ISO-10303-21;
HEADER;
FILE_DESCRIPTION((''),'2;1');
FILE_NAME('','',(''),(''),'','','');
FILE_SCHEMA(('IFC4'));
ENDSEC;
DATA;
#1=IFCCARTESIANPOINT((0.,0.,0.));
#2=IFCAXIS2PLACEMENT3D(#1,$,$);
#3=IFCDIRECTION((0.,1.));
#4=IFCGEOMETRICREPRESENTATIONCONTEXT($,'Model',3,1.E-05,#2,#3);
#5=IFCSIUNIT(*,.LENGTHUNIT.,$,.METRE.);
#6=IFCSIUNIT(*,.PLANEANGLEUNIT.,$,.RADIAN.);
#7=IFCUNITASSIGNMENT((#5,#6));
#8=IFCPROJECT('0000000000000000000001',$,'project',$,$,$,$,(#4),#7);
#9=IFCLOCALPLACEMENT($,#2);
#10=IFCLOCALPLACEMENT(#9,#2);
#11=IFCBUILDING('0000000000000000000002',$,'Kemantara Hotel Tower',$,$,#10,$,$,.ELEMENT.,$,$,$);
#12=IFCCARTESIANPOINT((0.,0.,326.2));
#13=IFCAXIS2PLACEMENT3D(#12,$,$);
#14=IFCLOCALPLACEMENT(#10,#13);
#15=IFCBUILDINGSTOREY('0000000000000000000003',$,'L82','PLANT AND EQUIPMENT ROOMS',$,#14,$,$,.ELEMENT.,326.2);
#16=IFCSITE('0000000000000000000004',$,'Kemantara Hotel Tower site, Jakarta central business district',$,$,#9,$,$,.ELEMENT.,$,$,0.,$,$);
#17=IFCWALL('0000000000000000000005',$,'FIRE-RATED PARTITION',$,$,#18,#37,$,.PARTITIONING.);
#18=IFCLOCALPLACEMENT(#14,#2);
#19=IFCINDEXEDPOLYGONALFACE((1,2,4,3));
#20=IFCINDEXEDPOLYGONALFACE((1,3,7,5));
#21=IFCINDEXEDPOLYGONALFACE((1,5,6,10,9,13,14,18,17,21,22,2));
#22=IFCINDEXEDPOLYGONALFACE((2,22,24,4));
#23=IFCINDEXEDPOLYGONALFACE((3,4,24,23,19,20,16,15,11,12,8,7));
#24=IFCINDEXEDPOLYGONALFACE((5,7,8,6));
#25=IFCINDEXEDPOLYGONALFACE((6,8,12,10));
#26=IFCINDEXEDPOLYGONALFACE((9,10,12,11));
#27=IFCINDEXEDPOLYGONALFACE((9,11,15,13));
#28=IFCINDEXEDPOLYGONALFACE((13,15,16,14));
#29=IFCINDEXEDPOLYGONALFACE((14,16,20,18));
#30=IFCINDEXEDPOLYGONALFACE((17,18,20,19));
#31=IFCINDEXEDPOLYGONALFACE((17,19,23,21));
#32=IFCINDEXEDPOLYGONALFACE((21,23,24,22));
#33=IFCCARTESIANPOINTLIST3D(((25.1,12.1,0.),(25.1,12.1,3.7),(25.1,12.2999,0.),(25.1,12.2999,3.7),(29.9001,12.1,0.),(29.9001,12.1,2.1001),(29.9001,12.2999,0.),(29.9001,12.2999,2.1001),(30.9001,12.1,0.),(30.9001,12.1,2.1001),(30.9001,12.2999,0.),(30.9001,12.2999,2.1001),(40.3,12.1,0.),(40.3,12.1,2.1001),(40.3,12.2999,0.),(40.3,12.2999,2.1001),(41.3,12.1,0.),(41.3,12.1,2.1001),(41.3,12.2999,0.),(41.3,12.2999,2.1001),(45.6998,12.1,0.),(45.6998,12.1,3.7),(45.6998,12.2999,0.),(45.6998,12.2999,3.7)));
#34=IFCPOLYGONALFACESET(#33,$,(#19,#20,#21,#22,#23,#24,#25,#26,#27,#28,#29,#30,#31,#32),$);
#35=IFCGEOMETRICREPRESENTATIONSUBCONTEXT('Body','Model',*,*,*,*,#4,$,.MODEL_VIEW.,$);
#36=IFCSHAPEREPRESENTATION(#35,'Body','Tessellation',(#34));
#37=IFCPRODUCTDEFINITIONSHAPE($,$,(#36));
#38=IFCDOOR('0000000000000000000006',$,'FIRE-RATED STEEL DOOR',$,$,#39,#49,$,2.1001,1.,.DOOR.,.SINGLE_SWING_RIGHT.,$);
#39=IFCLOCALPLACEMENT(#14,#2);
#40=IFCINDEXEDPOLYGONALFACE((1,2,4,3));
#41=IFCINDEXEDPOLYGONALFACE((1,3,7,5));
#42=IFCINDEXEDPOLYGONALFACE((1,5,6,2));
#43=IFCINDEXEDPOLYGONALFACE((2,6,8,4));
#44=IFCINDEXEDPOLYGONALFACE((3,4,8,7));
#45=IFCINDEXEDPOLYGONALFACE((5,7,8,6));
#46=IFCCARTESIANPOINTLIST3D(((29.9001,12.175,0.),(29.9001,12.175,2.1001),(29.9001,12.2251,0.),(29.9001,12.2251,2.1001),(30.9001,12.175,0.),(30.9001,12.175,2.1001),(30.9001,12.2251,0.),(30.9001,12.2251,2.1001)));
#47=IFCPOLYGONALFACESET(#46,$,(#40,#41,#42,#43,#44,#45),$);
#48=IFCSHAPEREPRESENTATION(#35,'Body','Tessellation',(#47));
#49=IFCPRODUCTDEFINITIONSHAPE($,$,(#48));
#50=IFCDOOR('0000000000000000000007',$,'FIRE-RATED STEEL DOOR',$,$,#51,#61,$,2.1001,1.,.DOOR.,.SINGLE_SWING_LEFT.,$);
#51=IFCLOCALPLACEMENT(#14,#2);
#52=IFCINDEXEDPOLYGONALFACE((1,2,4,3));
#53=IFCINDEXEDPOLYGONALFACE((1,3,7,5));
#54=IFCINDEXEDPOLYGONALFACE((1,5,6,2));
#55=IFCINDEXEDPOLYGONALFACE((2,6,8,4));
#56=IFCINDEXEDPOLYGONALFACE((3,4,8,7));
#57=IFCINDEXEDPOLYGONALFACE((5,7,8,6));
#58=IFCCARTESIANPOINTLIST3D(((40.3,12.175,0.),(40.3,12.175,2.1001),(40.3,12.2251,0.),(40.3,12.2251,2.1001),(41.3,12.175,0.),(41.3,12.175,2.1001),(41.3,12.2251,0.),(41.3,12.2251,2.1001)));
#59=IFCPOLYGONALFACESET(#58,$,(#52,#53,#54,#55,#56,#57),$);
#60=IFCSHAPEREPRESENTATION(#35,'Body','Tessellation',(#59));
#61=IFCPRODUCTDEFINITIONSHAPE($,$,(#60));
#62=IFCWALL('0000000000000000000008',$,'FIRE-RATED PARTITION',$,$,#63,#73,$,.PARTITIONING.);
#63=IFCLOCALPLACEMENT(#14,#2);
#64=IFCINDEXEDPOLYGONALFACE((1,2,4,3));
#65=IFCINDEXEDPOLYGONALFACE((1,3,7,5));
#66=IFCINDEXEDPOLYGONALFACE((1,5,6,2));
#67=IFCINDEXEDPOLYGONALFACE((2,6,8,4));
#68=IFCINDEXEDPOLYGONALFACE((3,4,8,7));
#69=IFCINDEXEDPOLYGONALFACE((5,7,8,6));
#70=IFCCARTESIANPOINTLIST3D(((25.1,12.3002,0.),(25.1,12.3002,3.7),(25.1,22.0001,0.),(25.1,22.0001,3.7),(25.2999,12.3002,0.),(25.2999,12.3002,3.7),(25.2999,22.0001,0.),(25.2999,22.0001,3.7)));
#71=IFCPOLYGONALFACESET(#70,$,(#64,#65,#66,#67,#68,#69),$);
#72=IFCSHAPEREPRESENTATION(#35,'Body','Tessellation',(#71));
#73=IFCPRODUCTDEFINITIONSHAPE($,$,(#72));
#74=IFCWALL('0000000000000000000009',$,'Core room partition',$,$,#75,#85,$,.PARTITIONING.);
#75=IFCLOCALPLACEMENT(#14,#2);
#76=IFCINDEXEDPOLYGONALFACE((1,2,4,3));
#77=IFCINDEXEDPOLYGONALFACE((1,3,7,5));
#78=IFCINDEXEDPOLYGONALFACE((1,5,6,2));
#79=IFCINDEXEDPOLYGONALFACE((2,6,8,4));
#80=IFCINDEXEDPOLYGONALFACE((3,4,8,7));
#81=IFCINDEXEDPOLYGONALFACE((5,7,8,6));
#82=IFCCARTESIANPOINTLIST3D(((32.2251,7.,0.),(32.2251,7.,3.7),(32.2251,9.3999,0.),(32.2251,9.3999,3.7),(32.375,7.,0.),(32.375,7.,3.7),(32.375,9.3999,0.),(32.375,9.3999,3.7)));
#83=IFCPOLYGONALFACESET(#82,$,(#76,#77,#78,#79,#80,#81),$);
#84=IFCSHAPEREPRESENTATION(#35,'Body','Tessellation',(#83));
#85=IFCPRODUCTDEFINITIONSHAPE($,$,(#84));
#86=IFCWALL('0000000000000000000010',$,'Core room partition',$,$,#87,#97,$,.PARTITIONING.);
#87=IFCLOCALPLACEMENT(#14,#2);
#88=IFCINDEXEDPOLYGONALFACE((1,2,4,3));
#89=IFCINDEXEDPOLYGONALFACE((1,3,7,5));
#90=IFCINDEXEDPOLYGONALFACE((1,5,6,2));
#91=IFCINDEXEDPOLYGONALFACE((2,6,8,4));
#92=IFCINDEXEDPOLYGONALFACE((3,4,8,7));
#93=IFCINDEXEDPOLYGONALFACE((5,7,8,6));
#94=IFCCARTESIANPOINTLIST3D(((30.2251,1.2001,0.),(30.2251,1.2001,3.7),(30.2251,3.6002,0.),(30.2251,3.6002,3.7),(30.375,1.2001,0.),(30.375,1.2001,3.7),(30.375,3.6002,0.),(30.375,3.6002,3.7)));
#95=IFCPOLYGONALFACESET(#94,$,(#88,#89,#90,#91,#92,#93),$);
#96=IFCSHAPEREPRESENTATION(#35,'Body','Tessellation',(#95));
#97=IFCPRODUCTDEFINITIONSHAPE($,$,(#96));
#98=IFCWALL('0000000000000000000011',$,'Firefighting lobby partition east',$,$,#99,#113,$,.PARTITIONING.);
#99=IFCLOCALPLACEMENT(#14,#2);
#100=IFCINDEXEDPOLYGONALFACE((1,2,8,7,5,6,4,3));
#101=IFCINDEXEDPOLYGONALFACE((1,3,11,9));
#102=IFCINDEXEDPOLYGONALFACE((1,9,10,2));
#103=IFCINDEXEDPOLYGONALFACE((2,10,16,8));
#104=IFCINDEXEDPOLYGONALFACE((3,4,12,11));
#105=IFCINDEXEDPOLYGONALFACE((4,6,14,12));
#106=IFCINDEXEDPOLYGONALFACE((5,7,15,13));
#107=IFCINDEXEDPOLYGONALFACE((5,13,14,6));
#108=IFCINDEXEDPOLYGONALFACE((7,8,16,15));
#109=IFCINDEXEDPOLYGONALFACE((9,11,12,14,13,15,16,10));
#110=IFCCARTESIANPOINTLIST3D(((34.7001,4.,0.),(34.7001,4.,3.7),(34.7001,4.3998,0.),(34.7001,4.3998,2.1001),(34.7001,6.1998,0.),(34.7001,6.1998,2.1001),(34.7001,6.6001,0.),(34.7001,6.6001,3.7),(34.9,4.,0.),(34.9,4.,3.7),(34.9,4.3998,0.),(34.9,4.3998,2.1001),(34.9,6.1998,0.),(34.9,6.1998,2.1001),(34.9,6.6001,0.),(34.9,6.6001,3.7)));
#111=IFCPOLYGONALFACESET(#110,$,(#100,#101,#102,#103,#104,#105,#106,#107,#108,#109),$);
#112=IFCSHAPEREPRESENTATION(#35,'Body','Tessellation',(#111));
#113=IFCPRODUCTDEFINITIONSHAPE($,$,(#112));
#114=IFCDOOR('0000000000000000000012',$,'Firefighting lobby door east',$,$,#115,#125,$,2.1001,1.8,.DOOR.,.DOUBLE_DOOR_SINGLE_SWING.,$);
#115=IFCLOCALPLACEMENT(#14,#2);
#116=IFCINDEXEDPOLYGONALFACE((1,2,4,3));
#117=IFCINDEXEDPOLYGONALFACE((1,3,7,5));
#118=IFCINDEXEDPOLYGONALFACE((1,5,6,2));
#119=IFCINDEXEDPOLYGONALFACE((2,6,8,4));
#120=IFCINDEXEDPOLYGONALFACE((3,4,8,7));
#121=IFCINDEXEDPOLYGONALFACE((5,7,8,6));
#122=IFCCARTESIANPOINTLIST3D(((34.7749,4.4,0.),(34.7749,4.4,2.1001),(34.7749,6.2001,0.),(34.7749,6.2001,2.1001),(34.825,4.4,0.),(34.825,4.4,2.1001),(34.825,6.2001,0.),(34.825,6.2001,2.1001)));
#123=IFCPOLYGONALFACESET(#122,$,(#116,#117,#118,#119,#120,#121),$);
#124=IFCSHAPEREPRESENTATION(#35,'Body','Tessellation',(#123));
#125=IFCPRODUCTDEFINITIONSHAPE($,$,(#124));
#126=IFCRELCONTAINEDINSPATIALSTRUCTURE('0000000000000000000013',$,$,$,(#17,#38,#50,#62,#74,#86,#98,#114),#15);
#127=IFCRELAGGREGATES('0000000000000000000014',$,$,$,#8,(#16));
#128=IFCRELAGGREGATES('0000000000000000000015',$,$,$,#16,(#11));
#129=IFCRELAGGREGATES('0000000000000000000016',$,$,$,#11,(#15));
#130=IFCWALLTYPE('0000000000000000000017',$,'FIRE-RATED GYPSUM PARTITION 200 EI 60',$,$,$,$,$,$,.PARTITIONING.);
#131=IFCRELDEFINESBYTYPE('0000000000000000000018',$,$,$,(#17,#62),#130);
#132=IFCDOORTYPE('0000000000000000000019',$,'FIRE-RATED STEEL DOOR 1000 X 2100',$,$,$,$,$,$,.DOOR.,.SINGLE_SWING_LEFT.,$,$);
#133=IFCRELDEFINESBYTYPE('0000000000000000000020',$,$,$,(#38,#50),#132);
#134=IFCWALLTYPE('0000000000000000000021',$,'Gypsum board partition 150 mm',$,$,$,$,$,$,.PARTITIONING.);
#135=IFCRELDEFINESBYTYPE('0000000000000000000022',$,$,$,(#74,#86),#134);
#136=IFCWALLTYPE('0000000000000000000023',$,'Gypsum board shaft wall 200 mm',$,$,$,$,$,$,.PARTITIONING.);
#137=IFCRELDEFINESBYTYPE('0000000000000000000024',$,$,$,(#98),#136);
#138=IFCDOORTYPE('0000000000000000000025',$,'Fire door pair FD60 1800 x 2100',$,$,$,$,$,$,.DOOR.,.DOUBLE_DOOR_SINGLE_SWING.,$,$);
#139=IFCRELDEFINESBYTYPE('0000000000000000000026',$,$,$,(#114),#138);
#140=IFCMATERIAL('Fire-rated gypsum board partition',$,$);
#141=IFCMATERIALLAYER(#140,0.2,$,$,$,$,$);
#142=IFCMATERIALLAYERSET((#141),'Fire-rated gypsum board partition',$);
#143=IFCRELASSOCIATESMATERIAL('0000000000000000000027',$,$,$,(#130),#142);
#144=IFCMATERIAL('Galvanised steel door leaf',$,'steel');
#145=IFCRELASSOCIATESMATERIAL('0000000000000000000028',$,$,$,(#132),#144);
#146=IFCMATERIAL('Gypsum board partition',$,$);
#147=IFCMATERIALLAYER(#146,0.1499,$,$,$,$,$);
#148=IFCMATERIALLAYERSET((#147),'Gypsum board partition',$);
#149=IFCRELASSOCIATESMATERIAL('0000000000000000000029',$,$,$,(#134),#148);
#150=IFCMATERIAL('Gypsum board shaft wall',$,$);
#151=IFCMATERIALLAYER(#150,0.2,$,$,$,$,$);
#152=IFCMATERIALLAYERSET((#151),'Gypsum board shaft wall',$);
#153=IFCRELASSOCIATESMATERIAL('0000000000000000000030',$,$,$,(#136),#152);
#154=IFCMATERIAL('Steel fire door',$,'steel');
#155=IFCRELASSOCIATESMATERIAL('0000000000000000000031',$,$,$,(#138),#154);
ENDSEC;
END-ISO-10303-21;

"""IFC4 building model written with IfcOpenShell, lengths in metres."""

from ifc_helpers import new_model, si_unit, direction, frame, frame_2d, origin, place, context, subcontext, project, spatial, rectangle, extrude, material, layer, layer_set, type_object, element, fill, save


model = new_model("IFC4")

# Units and contexts
model_context = context("Model", 3, precision=1e-05, world=origin(), true_north=direction((0.0, 1.0)))
body_context = subcontext(model_context, "Body", "Model", "MODEL_VIEW")
ifc_project = project(units=[si_unit("LENGTHUNIT", "METRE"), si_unit("PLANEANGLEUNIT", "RADIAN")], contexts=[model_context])

# Site, building, storey
site_placement = place(None, origin())
site = spatial("IfcSite", under=ifc_project, at=site_placement, Name="Kemantara Hotel Tower site, Jakarta central business district", CompositionType="ELEMENT", RefElevation=0.0)
building_placement = place(site_placement, origin())
building = spatial("IfcBuilding", under=site, at=building_placement, Name="Kemantara Hotel Tower", CompositionType="ELEMENT")
storey_placement = place(building_placement, frame((0.0, 0.0, 326.2)))
storey = spatial("IfcBuildingStorey", under=building, at=storey_placement, Name="L82", Description="PLANT AND EQUIPMENT ROOMS", CompositionType="ELEMENT", Elevation=326.2)

# Shared definitions
ifc_material_1 = material(Name="Steel fire door", Category="steel")

# Wall, openings, doors
ifc_material_2 = material(Name="Fire-rated gypsum board partition")
ifc_layer_1 = layer(ifc_material_2, 0.2)
ifc_layer_set_1 = layer_set([ifc_layer_1], Name="Fire-rated gypsum board partition")
wall_type_1 = type_object("IfcWallType", Name="FIRE-RATED GYPSUM PARTITION 200 EI 60", PredefinedType="PARTITIONING", material=ifc_layer_set_1)
wall_1_placement = place(storey_placement, frame((25.1001, 12.2, 0.0), z_axis=(0.0, 0.0, 1.0), x_axis=(1.0, 0.0, 0.0)))
wall_1 = element("IfcWall", 1, at=wall_1_placement, inside=storey, type_object=wall_type_1, Name="FIRE-RATED PARTITION", PredefinedType="PARTITIONING", context=body_context, shape_type="SweptSolid", body=[
    extrude(rectangle(XDim=20.5999, YDim=0.2, at=frame_2d((10.2998, 0.0))), origin(), (0.0, 0.0, 1.0), 3.7),
])
opening_1_placement = place(wall_1_placement, frame((4.8, 0.0, 0.0)))
opening_1 = element("IfcOpeningElement", 2, at=opening_1_placement, cuts=wall_1, PredefinedType="OPENING", context=body_context, shape_type="SweptSolid", body=[
    extrude(rectangle(XDim=1.0, YDim=2.1001, at=frame_2d((0.5, 1.05))), frame((0.0, 0.1099, 0.0), z_axis=(0.0, -1.0, 0.0), x_axis=(1.0, 0.0, 0.0)), (0.0, 0.0, 1.0), 0.22),
])
opening_2_placement = place(wall_1_placement, frame((15.2, 0.0, 0.0)))
opening_2 = element("IfcOpeningElement", 3, at=opening_2_placement, cuts=wall_1, PredefinedType="OPENING", context=body_context, shape_type="SweptSolid", body=[
    extrude(rectangle(XDim=1.0, YDim=2.1001, at=frame_2d((0.5, 1.05))), frame((0.0, 0.1099, 0.0), z_axis=(0.0, -1.0, 0.0), x_axis=(1.0, 0.0, 0.0)), (0.0, 0.0, 1.0), 0.22),
])
ifc_material_3 = material(Name="Galvanised steel door leaf", Category="steel")
door_type_1 = type_object("IfcDoorType", Name="FIRE-RATED STEEL DOOR 1000 X 2100", OperationType="SINGLE_SWING_LEFT", PredefinedType="DOOR", material=ifc_material_3)
door_1_placement = place(opening_1_placement, frame((1.0, 0.0, 0.0), z_axis=(0.0, 0.0, 1.0), x_axis=(-1.0, 0.0, 0.0)))
door_1 = element("IfcDoor", 4, at=door_1_placement, inside=storey, type_object=door_type_1, Name="FIRE-RATED STEEL DOOR", OperationType="SINGLE_SWING_RIGHT", OverallHeight=2.1001, OverallWidth=1.0, PredefinedType="DOOR", context=body_context, shape_type="SweptSolid", body=[
    extrude(rectangle(XDim=1.0, YDim=2.1001, at=frame_2d((0.5, 1.05))), frame((0.0, 0.0249, 0.0), z_axis=(0.0, -1.0, 0.0), x_axis=(1.0, 0.0, 0.0)), (0.0, 0.0, 1.0), 0.05),
])
fill(opening_1, door_1)
door_2_placement = place(opening_2_placement, frame((1.0, 0.0, 0.0), z_axis=(0.0, 0.0, 1.0), x_axis=(-1.0, 0.0, 0.0)))
door_2 = element("IfcDoor", 5, at=door_2_placement, inside=storey, type_object=door_type_1, Name="FIRE-RATED STEEL DOOR", OperationType="SINGLE_SWING_LEFT", OverallHeight=2.1001, OverallWidth=1.0, PredefinedType="DOOR", context=body_context, shape_type="SweptSolid", body=[
    extrude(rectangle(XDim=1.0, YDim=2.1001, at=frame_2d((0.5, 1.05))), frame((0.0, 0.0249, 0.0), z_axis=(0.0, -1.0, 0.0), x_axis=(1.0, 0.0, 0.0)), (0.0, 0.0, 1.0), 0.05),
])
fill(opening_2, door_2)

# Walls
wall_2_placement = place(storey_placement, frame((25.2, 12.3, 0.0), z_axis=(0.0, 0.0, 1.0), x_axis=(0.0, 1.0, 0.0)))
element("IfcWall", 6, at=wall_2_placement, inside=storey, type_object=wall_type_1, Name="FIRE-RATED PARTITION", PredefinedType="PARTITIONING", context=body_context, shape_type="SweptSolid", body=[
    extrude(rectangle(XDim=9.7, YDim=0.2, at=frame_2d((4.8501, 0.0))), origin(), (0.0, 0.0, 1.0), 3.7),
])
ifc_material_4 = material(Name="Gypsum board partition")
ifc_layer_2 = layer(ifc_material_4, 0.1499)
ifc_layer_set_2 = layer_set([ifc_layer_2], Name="Gypsum board partition")
wall_type_2 = type_object("IfcWallType", Name="Gypsum board partition 150 mm", PredefinedType="PARTITIONING", material=ifc_layer_set_2)
wall_3_placement = place(storey_placement, frame((32.3, 7.0, 0.0), z_axis=(0.0, 0.0, 1.0), x_axis=(0.0, 1.0, 0.0)))
element("IfcWall", 7, at=wall_3_placement, inside=storey, type_object=wall_type_2, Name="Core room partition", PredefinedType="PARTITIONING", context=body_context, shape_type="SweptSolid", body=[
    extrude(rectangle(XDim=2.3999, YDim=0.1499, at=frame_2d((1.2, 0.0))), origin(), (0.0, 0.0, 1.0), 3.7),
])
wall_4_placement = place(storey_placement, frame((30.3, 1.2, 0.0), z_axis=(0.0, 0.0, 1.0), x_axis=(0.0, 1.0, 0.0)))
element("IfcWall", 8, at=wall_4_placement, inside=storey, type_object=wall_type_2, Name="Core room partition", PredefinedType="PARTITIONING", context=body_context, shape_type="SweptSolid", body=[
    extrude(rectangle(XDim=2.4001, YDim=0.1499, at=frame_2d((1.2002, 0.0))), origin(), (0.0, 0.0, 1.0), 3.7),
])

# Wall, opening, door
ifc_material_5 = material(Name="Gypsum board shaft wall")
ifc_layer_3 = layer(ifc_material_5, 0.2)
ifc_layer_set_3 = layer_set([ifc_layer_3], Name="Gypsum board shaft wall")
wall_type_3 = type_object("IfcWallType", Name="Gypsum board shaft wall 200 mm", PredefinedType="PARTITIONING", material=ifc_layer_set_3)
wall_5_placement = place(storey_placement, frame((34.8, 4.0, 0.0), z_axis=(0.0, 0.0, 1.0), x_axis=(0.0, 1.0, 0.0)))
wall_5 = element("IfcWall", 9, at=wall_5_placement, inside=storey, type_object=wall_type_3, Name="Firefighting lobby partition east", PredefinedType="PARTITIONING", context=body_context, shape_type="SweptSolid", body=[
    extrude(rectangle(XDim=2.6001, YDim=0.2, at=frame_2d((1.3, 0.0))), origin(), (0.0, 0.0, 1.0), 3.7),
])
opening_3_placement = place(wall_5_placement, frame((0.3999, 0.0, 0.0)))
opening_3 = element("IfcOpeningElement", 10, at=opening_3_placement, cuts=wall_5, PredefinedType="OPENING", context=body_context, shape_type="SweptSolid", body=[
    extrude(rectangle(XDim=1.8, YDim=2.1001, at=frame_2d((0.8999, 1.05))), frame((0.0, 0.1099, 0.0), z_axis=(0.0, -1.0, 0.0), x_axis=(1.0, 0.0, 0.0)), (0.0, 0.0, 1.0), 0.22),
])
door_type_2 = type_object("IfcDoorType", Name="Fire door pair FD60 1800 x 2100", OperationType="DOUBLE_DOOR_SINGLE_SWING", PredefinedType="DOOR", material=ifc_material_1)
door_3_placement = place(opening_3_placement, frame((1.8, 0.0, 0.0), z_axis=(0.0, 0.0, 1.0), x_axis=(-1.0, 0.0, 0.0)))
door_3 = element("IfcDoor", 11, at=door_3_placement, inside=storey, type_object=door_type_2, Name="Firefighting lobby door east", OperationType="DOUBLE_DOOR_SINGLE_SWING", OverallHeight=2.1001, OverallWidth=1.8, PredefinedType="DOOR", context=body_context, shape_type="SweptSolid", body=[
    extrude(rectangle(XDim=1.8, YDim=2.1001, at=frame_2d((0.8999, 1.05))), frame((0.0, 0.0249, 0.0), z_axis=(0.0, -1.0, 0.0), x_axis=(1.0, 0.0, 0.0)), (0.0, 0.0, 1.0), 0.05),
])
fill(opening_3, door_3)

save(model, "model.ifc")
